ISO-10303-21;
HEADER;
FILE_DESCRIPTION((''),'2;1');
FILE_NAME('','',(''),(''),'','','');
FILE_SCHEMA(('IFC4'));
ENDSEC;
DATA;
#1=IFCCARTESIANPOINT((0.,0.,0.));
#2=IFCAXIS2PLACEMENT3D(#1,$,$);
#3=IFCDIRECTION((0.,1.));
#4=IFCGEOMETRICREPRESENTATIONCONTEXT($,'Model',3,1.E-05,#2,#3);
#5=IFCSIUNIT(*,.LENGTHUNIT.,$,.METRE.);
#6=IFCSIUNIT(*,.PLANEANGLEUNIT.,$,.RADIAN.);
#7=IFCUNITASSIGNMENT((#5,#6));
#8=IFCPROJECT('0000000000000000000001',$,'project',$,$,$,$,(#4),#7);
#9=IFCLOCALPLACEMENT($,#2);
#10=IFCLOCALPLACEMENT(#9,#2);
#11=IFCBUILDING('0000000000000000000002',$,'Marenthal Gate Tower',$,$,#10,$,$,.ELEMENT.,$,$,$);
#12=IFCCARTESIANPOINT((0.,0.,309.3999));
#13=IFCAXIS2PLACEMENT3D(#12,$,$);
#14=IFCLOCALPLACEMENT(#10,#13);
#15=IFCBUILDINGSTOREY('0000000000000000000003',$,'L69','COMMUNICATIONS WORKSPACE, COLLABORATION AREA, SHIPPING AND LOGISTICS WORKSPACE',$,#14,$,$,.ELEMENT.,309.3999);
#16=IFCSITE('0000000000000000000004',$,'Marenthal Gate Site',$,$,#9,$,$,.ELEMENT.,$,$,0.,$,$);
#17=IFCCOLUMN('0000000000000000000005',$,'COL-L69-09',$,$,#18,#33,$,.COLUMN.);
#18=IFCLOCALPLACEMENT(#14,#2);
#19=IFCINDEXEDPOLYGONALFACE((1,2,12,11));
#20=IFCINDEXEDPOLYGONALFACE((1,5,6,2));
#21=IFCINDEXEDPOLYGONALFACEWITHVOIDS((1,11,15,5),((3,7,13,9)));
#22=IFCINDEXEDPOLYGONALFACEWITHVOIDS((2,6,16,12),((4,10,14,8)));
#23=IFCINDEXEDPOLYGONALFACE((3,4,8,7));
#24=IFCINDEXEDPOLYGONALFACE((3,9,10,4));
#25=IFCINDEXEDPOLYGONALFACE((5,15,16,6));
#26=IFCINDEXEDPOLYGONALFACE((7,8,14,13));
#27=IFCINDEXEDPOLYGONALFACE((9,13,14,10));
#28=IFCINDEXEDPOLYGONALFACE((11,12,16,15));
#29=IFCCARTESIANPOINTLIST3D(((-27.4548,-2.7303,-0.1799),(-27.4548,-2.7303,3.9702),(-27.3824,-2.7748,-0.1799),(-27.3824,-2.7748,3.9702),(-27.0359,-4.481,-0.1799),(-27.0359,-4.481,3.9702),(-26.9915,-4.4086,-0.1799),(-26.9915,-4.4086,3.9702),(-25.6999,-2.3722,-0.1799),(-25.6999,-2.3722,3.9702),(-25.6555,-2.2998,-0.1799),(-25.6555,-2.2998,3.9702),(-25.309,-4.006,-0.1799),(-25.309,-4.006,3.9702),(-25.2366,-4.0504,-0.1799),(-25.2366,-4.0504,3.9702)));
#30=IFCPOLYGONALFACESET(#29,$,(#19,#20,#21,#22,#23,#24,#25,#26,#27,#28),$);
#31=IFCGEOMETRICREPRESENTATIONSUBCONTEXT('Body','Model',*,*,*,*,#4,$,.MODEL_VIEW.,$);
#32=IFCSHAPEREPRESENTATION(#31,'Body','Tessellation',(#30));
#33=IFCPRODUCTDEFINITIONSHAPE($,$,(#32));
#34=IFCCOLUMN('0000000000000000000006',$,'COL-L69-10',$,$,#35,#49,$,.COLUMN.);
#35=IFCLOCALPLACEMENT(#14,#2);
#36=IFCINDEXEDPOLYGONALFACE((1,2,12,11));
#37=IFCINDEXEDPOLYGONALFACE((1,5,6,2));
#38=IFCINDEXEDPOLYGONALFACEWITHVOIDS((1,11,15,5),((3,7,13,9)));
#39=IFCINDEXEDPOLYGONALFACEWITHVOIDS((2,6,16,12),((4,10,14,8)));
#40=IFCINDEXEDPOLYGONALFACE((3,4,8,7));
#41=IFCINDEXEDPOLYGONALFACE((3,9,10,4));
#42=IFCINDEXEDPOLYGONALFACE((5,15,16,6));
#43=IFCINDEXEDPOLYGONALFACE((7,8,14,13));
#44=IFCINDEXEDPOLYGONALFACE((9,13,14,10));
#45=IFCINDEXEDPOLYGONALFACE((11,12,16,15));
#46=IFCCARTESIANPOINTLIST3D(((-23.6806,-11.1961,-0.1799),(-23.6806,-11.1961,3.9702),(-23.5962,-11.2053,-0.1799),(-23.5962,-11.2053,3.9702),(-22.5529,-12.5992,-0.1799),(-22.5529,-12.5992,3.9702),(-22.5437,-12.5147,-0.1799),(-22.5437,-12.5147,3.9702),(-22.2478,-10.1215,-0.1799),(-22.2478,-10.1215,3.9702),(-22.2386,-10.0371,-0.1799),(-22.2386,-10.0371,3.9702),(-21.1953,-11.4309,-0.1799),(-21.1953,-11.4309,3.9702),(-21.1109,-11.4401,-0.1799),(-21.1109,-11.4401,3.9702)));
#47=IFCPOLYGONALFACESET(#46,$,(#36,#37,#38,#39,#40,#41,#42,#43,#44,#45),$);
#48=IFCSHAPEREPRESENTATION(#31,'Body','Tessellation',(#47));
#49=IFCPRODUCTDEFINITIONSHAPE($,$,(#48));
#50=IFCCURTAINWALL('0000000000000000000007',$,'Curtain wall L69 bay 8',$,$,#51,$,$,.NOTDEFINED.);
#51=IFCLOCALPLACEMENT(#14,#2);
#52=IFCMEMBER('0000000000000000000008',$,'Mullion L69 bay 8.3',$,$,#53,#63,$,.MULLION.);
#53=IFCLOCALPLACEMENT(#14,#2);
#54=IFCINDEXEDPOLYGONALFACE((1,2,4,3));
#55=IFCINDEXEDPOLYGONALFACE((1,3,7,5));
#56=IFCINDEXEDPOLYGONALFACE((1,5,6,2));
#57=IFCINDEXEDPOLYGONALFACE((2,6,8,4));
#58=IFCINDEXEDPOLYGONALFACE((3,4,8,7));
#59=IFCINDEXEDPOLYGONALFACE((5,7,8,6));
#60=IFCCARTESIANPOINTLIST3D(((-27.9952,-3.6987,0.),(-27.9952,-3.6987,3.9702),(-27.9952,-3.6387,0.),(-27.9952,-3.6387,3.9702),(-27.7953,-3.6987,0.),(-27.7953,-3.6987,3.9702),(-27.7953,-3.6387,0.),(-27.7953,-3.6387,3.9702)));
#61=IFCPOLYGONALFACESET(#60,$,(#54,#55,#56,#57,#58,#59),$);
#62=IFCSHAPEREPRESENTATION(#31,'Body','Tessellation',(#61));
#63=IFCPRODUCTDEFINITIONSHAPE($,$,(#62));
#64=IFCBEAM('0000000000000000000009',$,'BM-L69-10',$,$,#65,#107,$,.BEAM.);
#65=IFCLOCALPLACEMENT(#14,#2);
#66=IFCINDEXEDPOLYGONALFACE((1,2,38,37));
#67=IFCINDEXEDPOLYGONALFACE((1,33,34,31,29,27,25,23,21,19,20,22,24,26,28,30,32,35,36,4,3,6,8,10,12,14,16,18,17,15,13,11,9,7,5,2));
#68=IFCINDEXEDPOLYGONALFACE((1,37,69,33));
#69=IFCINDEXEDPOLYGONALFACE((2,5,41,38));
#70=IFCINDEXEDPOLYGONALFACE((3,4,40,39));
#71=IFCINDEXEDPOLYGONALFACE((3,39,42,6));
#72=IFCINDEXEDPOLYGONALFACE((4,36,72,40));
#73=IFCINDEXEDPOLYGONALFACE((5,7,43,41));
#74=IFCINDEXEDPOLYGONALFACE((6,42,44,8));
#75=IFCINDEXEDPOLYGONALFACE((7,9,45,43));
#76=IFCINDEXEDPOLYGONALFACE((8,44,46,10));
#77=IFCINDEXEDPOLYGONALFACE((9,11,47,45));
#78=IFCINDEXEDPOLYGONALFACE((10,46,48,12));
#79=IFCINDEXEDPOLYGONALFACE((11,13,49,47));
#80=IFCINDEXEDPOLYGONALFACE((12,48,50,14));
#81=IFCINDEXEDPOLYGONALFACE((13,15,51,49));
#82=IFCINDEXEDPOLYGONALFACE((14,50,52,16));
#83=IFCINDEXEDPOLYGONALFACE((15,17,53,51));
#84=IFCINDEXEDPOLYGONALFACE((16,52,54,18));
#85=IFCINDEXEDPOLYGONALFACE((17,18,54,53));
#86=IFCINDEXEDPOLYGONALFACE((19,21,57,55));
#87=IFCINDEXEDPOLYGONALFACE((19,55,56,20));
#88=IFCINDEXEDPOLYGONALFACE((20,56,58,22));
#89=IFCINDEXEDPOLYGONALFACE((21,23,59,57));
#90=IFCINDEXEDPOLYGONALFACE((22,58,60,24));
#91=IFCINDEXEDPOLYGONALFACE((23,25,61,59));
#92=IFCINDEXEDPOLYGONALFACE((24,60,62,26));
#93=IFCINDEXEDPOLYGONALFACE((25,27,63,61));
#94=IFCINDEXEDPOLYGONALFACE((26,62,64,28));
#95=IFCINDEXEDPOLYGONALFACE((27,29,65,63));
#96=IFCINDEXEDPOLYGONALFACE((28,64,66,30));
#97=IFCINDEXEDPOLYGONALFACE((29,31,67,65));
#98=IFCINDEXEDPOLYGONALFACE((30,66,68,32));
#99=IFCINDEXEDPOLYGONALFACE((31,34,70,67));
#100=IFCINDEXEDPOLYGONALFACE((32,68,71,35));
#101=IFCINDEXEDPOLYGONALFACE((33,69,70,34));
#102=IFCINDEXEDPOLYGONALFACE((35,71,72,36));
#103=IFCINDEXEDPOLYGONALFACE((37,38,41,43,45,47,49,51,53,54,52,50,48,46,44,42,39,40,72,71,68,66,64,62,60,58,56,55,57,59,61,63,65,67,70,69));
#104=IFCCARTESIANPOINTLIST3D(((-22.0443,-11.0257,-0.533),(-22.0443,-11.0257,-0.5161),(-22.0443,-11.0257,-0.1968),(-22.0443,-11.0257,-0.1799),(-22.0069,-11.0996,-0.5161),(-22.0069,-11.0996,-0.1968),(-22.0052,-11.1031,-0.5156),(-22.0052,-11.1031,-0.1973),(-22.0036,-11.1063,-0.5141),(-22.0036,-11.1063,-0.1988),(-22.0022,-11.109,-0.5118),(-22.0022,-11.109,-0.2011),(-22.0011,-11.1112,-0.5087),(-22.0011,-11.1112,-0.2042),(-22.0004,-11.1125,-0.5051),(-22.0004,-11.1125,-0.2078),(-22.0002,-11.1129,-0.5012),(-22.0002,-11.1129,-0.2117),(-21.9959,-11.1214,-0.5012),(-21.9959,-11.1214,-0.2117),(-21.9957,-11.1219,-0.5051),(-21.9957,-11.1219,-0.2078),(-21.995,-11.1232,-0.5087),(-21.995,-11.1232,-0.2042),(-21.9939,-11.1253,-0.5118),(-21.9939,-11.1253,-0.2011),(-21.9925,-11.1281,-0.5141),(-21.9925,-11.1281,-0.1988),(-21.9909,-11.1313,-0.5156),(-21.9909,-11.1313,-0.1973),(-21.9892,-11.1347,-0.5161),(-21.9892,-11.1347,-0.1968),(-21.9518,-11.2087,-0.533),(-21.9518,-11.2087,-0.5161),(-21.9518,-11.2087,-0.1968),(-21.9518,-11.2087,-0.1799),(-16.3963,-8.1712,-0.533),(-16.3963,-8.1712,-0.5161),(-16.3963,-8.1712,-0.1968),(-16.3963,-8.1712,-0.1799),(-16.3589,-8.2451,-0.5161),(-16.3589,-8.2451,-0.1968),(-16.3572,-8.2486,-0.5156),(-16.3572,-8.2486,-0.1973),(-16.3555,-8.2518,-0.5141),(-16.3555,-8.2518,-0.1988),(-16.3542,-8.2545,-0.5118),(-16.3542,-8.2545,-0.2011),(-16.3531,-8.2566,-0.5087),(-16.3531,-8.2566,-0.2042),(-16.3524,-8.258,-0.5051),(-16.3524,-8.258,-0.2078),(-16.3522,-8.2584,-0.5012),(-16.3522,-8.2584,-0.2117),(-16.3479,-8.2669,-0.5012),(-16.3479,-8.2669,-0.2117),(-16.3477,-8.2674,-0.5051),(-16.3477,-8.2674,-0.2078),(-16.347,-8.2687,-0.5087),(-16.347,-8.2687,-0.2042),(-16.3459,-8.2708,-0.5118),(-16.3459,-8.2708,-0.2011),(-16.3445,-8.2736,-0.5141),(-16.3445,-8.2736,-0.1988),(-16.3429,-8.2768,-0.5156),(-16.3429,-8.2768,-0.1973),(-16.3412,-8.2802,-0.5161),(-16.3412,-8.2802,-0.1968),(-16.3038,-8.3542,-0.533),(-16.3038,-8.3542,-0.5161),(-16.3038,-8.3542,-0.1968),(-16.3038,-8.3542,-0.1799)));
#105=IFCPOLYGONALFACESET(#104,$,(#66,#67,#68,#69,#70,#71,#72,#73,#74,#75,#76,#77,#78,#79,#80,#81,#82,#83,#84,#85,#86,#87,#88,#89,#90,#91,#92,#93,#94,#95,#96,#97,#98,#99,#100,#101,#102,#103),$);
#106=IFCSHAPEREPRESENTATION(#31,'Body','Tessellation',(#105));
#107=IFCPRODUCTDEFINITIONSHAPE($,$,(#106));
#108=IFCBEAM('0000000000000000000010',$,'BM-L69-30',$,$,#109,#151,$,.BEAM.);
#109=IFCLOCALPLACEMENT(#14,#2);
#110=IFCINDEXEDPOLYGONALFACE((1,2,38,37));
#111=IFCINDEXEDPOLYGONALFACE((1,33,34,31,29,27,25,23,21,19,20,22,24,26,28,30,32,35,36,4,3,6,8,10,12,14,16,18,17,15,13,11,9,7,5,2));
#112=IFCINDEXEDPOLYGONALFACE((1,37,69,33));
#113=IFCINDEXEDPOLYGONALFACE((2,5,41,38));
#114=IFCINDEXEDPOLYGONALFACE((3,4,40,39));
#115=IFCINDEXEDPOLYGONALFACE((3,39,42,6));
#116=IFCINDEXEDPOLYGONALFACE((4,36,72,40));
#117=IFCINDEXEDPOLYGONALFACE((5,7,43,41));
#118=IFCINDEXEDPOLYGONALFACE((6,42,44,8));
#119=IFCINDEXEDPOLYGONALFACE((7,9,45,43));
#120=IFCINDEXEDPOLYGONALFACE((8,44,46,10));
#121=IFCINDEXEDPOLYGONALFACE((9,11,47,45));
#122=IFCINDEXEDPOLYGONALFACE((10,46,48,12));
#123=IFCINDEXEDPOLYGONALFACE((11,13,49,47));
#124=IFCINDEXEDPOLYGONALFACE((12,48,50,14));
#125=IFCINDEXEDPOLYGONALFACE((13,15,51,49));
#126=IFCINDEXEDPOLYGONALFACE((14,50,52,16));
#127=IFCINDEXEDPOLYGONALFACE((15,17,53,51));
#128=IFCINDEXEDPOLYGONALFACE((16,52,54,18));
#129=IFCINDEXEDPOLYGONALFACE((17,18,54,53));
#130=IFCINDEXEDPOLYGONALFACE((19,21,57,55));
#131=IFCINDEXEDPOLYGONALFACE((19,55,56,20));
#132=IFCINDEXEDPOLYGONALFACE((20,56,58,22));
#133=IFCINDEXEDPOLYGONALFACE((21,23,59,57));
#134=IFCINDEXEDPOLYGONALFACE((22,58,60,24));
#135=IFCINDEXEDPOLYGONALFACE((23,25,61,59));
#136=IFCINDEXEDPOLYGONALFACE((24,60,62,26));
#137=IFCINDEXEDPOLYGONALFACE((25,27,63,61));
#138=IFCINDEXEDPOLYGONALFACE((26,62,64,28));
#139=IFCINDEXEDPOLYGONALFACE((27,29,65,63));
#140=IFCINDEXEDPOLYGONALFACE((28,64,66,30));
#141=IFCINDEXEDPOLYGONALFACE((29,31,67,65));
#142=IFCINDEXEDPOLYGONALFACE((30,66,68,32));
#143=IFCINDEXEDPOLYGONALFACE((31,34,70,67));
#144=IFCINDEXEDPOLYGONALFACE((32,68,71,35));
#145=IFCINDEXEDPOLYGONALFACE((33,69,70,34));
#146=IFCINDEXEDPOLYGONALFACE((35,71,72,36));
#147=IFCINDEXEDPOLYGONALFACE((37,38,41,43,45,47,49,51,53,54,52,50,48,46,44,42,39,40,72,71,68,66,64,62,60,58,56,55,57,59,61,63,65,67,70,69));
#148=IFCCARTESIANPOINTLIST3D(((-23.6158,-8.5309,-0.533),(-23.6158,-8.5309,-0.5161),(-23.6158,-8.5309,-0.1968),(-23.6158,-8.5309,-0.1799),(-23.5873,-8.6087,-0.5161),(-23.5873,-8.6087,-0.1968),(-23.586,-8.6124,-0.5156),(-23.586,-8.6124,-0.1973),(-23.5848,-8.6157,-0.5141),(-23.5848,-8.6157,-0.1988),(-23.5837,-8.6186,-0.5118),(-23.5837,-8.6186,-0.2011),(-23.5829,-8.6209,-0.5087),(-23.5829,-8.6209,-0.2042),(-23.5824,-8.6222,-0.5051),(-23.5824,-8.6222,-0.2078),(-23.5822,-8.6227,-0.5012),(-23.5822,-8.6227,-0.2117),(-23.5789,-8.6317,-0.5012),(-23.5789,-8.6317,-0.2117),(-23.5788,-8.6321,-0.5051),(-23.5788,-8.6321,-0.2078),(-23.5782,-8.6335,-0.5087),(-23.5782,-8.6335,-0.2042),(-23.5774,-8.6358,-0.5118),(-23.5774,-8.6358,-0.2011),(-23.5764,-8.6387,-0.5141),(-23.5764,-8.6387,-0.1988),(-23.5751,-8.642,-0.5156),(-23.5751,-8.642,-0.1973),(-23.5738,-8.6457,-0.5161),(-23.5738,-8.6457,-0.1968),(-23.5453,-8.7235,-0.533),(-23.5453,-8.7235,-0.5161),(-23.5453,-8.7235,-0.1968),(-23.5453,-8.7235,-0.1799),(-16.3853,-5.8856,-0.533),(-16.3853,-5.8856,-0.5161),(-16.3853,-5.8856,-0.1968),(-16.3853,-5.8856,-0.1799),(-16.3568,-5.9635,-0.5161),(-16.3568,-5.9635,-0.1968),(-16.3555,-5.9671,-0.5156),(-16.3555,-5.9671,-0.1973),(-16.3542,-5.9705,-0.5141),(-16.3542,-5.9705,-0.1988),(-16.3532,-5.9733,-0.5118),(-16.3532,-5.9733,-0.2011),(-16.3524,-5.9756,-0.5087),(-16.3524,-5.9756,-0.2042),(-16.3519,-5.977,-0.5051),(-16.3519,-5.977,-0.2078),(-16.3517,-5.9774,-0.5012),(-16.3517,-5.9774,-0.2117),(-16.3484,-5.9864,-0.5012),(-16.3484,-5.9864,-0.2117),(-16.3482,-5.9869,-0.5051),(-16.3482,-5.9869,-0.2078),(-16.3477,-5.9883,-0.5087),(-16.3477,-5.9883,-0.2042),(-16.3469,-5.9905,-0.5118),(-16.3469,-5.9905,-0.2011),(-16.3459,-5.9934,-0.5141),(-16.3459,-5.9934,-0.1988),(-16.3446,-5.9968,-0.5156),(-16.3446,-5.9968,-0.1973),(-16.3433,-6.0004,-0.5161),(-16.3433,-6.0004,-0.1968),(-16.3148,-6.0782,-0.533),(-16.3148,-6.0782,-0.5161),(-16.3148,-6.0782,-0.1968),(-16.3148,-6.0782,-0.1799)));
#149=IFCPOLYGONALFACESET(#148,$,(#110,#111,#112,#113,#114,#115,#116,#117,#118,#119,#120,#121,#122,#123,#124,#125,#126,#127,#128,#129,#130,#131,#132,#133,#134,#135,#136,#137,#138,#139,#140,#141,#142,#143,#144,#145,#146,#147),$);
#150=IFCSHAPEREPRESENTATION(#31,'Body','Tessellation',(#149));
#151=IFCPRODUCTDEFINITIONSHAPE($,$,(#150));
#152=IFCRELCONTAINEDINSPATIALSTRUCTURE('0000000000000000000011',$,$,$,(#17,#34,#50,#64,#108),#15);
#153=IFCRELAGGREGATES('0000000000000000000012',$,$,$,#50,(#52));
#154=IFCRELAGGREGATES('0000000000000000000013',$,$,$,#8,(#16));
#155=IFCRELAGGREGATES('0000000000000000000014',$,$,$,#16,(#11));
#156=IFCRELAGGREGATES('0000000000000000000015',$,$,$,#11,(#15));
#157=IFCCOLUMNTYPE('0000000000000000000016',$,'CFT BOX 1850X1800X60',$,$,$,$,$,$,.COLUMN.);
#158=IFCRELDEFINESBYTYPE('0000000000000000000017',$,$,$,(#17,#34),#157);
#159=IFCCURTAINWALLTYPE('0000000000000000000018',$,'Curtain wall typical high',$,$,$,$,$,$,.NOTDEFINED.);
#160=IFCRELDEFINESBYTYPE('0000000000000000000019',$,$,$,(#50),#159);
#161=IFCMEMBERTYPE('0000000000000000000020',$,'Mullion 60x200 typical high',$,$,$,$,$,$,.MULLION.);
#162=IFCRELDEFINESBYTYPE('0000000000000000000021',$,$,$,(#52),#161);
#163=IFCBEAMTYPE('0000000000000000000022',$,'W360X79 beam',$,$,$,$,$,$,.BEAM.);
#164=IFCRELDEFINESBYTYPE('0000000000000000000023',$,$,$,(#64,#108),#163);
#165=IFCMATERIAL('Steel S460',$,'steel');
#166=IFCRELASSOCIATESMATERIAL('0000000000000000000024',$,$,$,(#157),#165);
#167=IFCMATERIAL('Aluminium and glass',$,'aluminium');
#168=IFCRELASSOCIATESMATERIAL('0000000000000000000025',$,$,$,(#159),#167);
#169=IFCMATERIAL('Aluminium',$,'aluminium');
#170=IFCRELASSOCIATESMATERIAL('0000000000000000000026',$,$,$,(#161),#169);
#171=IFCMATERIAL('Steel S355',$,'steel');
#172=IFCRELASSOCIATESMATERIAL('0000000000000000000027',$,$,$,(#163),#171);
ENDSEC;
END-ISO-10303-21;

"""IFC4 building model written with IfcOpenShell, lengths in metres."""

from ifc_helpers import new_model, si_unit, direction, frame, origin, origin_2d, place, context, subcontext, project, spatial, rectangle, hollow_rectangle, i_section, extrude, material, material_profile, profile_set, type_object, element, aggregate, save


model = new_model("IFC4")

# Units and contexts
model_context = context("Model", 3, precision=1e-05, world=origin(), true_north=direction((0.0, 1.0)))
body_context = subcontext(model_context, "Body", "Model", "MODEL_VIEW")
ifc_project = project(units=[si_unit("LENGTHUNIT", "METRE"), si_unit("PLANEANGLEUNIT", "RADIAN")], contexts=[model_context])

# Site, building, storey
site_placement = place(None, origin())
site = spatial("IfcSite", under=ifc_project, at=site_placement, Name="Marenthal Gate Site", CompositionType="ELEMENT", RefElevation=0.0)
building_placement = place(site_placement, origin())
building = spatial("IfcBuilding", under=site, at=building_placement, Name="Marenthal Gate Tower", CompositionType="ELEMENT")
storey_placement = place(building_placement, frame((0.0, 0.0, 309.3999)))
storey = spatial("IfcBuildingStorey", under=building, at=storey_placement, Name="L69", Description="COMMUNICATIONS WORKSPACE, COLLABORATION AREA, SHIPPING AND LOGISTICS WORKSPACE", CompositionType="ELEMENT", Elevation=309.3999)

# Columns
ifc_material_1 = material(Name="Steel S460", Category="steel")
ifc_material_profile_1 = material_profile(ifc_material_1, hollow_rectangle(XDim=1.8, YDim=1.8501, WallThickness=0.0601, at=origin_2d()), Name="CFT BOX 1850X1800X60")
ifc_material_2 = material(Name="Concrete 70 MPa", Category="concrete")
ifc_material_profile_2 = material_profile(ifc_material_2, rectangle(XDim=1.6799, YDim=1.73, at=origin_2d()), Name="CFT BOX 1850X1800X60 INFILL")
ifc_profile_set_1 = profile_set([ifc_material_profile_1, ifc_material_profile_2], Name="Steel S460 shell, Concrete 70 MPa infill")
column_type = type_object("IfcColumnType", Name="CFT BOX 1850X1800X60", PredefinedType="COLUMN", material=ifc_profile_set_1)
for number, where, z_axis, x_axis, name in (
    (1, (-26.3457, -3.3904, -0.1799), (0.0, 0.0, 1.0), (-0.232702, 0.972548, 0.0), "COL-L69-09"),
    (2, (-22.3958, -11.3181, -0.1799), (0.0, 0.0, 1.0), (-0.626475, 0.779442, 0.0), "COL-L69-10"),
):
    element("IfcColumn", number, at=place(storey_placement, frame(where, z_axis=z_axis, x_axis=x_axis)), inside=storey, type_object=column_type, Name=name, PredefinedType="COLUMN", context=body_context, shape_type="SweptSolid", body=[
        extrude(hollow_rectangle(XDim=1.8, YDim=1.8501, WallThickness=0.0601, at=origin_2d()), origin(), (0.0, 0.0, 1.0), 4.1501),
    ])

# Curtain wall, member
ifc_material_3 = material(Name="Aluminium and glass", Category="aluminium")
curtain_wall_type = type_object("IfcCurtainWallType", Name="Curtain wall typical high", PredefinedType="NOTDEFINED", material=ifc_material_3)
curtain_wall_placement = place(storey_placement, origin())
curtain_wall = element("IfcCurtainWall", 3, at=curtain_wall_placement, inside=storey, type_object=curtain_wall_type, Name="Curtain wall L69 bay 8", PredefinedType="NOTDEFINED")
ifc_material_4 = material(Name="Aluminium", Category="aluminium")
ifc_material_profile_3 = material_profile(ifc_material_4, rectangle(XDim=0.2, YDim=0.0601, at=origin_2d()), Name="60x200 aluminium mullion")
ifc_profile_set_2 = profile_set([ifc_material_profile_3], Name="Aluminium")
member_type = type_object("IfcMemberType", Name="Mullion 60x200 typical high", PredefinedType="MULLION", material=ifc_profile_set_2)
member_placement = place(storey_placement, frame((-27.8953, -3.6687, 0.0), z_axis=(0.0, 0.0, 1.0), x_axis=(1.0, 0.0, 0.0)))
member = element("IfcMember", 4, at=member_placement, type_object=member_type, Name="Mullion L69 bay 8.3", PredefinedType="MULLION", context=body_context, shape_type="SweptSolid", body=[
    extrude(rectangle(XDim=0.2, YDim=0.0601, at=origin_2d()), origin(), (0.0, 0.0, 1.0), 3.9702),
])

# Beams
ifc_material_5 = material(Name="Steel S355", Category="steel")
ifc_material_profile_4 = material_profile(ifc_material_5, i_section(OverallWidth=0.2051, OverallDepth=0.353, WebThickness=0.0095, FlangeThickness=0.0168, FilletRadius=0.0149, at=origin_2d()), Name="W360X79")
ifc_profile_set_3 = profile_set([ifc_material_profile_4], Name="Steel S355")
beam_type_1 = type_object("IfcBeamType", Name="W360X79 beam", PredefinedType="BEAM", material=ifc_profile_set_3)
beam_1_placement = place(storey_placement, frame((-21.998, -11.1172, -0.3564), z_axis=(0.89249, 0.451067, 0.0), x_axis=(-0.451067, 0.89249, 0.0)))
element("IfcBeam", 5, at=beam_1_placement, inside=storey, type_object=beam_type_1, Name="BM-L69-10", PredefinedType="BEAM", context=body_context, shape_type="SweptSolid", body=[
    extrude(i_section(OverallWidth=0.2051, OverallDepth=0.353, WebThickness=0.0095, FlangeThickness=0.0168, FilletRadius=0.0149, at=origin_2d()), origin(), (0.0, 0.0, 1.0), 6.3284),
])
beam_2_placement = place(storey_placement, frame((-23.5806, -8.6272, -0.3564), z_axis=(0.939124, 0.343578, 0.0), x_axis=(-0.343578, 0.939124, 0.0)))
element("IfcBeam", 6, at=beam_2_placement, inside=storey, type_object=beam_type_1, Name="BM-L69-30", PredefinedType="BEAM", context=body_context, shape_type="SweptSolid", body=[
    extrude(i_section(OverallWidth=0.2051, OverallDepth=0.353, WebThickness=0.0095, FlangeThickness=0.0168, FilletRadius=0.0149, at=origin_2d()), origin(), (0.0, 0.0, 1.0), 7.6992),
])

aggregate(curtain_wall, [member])

save(model, "model.ifc")
